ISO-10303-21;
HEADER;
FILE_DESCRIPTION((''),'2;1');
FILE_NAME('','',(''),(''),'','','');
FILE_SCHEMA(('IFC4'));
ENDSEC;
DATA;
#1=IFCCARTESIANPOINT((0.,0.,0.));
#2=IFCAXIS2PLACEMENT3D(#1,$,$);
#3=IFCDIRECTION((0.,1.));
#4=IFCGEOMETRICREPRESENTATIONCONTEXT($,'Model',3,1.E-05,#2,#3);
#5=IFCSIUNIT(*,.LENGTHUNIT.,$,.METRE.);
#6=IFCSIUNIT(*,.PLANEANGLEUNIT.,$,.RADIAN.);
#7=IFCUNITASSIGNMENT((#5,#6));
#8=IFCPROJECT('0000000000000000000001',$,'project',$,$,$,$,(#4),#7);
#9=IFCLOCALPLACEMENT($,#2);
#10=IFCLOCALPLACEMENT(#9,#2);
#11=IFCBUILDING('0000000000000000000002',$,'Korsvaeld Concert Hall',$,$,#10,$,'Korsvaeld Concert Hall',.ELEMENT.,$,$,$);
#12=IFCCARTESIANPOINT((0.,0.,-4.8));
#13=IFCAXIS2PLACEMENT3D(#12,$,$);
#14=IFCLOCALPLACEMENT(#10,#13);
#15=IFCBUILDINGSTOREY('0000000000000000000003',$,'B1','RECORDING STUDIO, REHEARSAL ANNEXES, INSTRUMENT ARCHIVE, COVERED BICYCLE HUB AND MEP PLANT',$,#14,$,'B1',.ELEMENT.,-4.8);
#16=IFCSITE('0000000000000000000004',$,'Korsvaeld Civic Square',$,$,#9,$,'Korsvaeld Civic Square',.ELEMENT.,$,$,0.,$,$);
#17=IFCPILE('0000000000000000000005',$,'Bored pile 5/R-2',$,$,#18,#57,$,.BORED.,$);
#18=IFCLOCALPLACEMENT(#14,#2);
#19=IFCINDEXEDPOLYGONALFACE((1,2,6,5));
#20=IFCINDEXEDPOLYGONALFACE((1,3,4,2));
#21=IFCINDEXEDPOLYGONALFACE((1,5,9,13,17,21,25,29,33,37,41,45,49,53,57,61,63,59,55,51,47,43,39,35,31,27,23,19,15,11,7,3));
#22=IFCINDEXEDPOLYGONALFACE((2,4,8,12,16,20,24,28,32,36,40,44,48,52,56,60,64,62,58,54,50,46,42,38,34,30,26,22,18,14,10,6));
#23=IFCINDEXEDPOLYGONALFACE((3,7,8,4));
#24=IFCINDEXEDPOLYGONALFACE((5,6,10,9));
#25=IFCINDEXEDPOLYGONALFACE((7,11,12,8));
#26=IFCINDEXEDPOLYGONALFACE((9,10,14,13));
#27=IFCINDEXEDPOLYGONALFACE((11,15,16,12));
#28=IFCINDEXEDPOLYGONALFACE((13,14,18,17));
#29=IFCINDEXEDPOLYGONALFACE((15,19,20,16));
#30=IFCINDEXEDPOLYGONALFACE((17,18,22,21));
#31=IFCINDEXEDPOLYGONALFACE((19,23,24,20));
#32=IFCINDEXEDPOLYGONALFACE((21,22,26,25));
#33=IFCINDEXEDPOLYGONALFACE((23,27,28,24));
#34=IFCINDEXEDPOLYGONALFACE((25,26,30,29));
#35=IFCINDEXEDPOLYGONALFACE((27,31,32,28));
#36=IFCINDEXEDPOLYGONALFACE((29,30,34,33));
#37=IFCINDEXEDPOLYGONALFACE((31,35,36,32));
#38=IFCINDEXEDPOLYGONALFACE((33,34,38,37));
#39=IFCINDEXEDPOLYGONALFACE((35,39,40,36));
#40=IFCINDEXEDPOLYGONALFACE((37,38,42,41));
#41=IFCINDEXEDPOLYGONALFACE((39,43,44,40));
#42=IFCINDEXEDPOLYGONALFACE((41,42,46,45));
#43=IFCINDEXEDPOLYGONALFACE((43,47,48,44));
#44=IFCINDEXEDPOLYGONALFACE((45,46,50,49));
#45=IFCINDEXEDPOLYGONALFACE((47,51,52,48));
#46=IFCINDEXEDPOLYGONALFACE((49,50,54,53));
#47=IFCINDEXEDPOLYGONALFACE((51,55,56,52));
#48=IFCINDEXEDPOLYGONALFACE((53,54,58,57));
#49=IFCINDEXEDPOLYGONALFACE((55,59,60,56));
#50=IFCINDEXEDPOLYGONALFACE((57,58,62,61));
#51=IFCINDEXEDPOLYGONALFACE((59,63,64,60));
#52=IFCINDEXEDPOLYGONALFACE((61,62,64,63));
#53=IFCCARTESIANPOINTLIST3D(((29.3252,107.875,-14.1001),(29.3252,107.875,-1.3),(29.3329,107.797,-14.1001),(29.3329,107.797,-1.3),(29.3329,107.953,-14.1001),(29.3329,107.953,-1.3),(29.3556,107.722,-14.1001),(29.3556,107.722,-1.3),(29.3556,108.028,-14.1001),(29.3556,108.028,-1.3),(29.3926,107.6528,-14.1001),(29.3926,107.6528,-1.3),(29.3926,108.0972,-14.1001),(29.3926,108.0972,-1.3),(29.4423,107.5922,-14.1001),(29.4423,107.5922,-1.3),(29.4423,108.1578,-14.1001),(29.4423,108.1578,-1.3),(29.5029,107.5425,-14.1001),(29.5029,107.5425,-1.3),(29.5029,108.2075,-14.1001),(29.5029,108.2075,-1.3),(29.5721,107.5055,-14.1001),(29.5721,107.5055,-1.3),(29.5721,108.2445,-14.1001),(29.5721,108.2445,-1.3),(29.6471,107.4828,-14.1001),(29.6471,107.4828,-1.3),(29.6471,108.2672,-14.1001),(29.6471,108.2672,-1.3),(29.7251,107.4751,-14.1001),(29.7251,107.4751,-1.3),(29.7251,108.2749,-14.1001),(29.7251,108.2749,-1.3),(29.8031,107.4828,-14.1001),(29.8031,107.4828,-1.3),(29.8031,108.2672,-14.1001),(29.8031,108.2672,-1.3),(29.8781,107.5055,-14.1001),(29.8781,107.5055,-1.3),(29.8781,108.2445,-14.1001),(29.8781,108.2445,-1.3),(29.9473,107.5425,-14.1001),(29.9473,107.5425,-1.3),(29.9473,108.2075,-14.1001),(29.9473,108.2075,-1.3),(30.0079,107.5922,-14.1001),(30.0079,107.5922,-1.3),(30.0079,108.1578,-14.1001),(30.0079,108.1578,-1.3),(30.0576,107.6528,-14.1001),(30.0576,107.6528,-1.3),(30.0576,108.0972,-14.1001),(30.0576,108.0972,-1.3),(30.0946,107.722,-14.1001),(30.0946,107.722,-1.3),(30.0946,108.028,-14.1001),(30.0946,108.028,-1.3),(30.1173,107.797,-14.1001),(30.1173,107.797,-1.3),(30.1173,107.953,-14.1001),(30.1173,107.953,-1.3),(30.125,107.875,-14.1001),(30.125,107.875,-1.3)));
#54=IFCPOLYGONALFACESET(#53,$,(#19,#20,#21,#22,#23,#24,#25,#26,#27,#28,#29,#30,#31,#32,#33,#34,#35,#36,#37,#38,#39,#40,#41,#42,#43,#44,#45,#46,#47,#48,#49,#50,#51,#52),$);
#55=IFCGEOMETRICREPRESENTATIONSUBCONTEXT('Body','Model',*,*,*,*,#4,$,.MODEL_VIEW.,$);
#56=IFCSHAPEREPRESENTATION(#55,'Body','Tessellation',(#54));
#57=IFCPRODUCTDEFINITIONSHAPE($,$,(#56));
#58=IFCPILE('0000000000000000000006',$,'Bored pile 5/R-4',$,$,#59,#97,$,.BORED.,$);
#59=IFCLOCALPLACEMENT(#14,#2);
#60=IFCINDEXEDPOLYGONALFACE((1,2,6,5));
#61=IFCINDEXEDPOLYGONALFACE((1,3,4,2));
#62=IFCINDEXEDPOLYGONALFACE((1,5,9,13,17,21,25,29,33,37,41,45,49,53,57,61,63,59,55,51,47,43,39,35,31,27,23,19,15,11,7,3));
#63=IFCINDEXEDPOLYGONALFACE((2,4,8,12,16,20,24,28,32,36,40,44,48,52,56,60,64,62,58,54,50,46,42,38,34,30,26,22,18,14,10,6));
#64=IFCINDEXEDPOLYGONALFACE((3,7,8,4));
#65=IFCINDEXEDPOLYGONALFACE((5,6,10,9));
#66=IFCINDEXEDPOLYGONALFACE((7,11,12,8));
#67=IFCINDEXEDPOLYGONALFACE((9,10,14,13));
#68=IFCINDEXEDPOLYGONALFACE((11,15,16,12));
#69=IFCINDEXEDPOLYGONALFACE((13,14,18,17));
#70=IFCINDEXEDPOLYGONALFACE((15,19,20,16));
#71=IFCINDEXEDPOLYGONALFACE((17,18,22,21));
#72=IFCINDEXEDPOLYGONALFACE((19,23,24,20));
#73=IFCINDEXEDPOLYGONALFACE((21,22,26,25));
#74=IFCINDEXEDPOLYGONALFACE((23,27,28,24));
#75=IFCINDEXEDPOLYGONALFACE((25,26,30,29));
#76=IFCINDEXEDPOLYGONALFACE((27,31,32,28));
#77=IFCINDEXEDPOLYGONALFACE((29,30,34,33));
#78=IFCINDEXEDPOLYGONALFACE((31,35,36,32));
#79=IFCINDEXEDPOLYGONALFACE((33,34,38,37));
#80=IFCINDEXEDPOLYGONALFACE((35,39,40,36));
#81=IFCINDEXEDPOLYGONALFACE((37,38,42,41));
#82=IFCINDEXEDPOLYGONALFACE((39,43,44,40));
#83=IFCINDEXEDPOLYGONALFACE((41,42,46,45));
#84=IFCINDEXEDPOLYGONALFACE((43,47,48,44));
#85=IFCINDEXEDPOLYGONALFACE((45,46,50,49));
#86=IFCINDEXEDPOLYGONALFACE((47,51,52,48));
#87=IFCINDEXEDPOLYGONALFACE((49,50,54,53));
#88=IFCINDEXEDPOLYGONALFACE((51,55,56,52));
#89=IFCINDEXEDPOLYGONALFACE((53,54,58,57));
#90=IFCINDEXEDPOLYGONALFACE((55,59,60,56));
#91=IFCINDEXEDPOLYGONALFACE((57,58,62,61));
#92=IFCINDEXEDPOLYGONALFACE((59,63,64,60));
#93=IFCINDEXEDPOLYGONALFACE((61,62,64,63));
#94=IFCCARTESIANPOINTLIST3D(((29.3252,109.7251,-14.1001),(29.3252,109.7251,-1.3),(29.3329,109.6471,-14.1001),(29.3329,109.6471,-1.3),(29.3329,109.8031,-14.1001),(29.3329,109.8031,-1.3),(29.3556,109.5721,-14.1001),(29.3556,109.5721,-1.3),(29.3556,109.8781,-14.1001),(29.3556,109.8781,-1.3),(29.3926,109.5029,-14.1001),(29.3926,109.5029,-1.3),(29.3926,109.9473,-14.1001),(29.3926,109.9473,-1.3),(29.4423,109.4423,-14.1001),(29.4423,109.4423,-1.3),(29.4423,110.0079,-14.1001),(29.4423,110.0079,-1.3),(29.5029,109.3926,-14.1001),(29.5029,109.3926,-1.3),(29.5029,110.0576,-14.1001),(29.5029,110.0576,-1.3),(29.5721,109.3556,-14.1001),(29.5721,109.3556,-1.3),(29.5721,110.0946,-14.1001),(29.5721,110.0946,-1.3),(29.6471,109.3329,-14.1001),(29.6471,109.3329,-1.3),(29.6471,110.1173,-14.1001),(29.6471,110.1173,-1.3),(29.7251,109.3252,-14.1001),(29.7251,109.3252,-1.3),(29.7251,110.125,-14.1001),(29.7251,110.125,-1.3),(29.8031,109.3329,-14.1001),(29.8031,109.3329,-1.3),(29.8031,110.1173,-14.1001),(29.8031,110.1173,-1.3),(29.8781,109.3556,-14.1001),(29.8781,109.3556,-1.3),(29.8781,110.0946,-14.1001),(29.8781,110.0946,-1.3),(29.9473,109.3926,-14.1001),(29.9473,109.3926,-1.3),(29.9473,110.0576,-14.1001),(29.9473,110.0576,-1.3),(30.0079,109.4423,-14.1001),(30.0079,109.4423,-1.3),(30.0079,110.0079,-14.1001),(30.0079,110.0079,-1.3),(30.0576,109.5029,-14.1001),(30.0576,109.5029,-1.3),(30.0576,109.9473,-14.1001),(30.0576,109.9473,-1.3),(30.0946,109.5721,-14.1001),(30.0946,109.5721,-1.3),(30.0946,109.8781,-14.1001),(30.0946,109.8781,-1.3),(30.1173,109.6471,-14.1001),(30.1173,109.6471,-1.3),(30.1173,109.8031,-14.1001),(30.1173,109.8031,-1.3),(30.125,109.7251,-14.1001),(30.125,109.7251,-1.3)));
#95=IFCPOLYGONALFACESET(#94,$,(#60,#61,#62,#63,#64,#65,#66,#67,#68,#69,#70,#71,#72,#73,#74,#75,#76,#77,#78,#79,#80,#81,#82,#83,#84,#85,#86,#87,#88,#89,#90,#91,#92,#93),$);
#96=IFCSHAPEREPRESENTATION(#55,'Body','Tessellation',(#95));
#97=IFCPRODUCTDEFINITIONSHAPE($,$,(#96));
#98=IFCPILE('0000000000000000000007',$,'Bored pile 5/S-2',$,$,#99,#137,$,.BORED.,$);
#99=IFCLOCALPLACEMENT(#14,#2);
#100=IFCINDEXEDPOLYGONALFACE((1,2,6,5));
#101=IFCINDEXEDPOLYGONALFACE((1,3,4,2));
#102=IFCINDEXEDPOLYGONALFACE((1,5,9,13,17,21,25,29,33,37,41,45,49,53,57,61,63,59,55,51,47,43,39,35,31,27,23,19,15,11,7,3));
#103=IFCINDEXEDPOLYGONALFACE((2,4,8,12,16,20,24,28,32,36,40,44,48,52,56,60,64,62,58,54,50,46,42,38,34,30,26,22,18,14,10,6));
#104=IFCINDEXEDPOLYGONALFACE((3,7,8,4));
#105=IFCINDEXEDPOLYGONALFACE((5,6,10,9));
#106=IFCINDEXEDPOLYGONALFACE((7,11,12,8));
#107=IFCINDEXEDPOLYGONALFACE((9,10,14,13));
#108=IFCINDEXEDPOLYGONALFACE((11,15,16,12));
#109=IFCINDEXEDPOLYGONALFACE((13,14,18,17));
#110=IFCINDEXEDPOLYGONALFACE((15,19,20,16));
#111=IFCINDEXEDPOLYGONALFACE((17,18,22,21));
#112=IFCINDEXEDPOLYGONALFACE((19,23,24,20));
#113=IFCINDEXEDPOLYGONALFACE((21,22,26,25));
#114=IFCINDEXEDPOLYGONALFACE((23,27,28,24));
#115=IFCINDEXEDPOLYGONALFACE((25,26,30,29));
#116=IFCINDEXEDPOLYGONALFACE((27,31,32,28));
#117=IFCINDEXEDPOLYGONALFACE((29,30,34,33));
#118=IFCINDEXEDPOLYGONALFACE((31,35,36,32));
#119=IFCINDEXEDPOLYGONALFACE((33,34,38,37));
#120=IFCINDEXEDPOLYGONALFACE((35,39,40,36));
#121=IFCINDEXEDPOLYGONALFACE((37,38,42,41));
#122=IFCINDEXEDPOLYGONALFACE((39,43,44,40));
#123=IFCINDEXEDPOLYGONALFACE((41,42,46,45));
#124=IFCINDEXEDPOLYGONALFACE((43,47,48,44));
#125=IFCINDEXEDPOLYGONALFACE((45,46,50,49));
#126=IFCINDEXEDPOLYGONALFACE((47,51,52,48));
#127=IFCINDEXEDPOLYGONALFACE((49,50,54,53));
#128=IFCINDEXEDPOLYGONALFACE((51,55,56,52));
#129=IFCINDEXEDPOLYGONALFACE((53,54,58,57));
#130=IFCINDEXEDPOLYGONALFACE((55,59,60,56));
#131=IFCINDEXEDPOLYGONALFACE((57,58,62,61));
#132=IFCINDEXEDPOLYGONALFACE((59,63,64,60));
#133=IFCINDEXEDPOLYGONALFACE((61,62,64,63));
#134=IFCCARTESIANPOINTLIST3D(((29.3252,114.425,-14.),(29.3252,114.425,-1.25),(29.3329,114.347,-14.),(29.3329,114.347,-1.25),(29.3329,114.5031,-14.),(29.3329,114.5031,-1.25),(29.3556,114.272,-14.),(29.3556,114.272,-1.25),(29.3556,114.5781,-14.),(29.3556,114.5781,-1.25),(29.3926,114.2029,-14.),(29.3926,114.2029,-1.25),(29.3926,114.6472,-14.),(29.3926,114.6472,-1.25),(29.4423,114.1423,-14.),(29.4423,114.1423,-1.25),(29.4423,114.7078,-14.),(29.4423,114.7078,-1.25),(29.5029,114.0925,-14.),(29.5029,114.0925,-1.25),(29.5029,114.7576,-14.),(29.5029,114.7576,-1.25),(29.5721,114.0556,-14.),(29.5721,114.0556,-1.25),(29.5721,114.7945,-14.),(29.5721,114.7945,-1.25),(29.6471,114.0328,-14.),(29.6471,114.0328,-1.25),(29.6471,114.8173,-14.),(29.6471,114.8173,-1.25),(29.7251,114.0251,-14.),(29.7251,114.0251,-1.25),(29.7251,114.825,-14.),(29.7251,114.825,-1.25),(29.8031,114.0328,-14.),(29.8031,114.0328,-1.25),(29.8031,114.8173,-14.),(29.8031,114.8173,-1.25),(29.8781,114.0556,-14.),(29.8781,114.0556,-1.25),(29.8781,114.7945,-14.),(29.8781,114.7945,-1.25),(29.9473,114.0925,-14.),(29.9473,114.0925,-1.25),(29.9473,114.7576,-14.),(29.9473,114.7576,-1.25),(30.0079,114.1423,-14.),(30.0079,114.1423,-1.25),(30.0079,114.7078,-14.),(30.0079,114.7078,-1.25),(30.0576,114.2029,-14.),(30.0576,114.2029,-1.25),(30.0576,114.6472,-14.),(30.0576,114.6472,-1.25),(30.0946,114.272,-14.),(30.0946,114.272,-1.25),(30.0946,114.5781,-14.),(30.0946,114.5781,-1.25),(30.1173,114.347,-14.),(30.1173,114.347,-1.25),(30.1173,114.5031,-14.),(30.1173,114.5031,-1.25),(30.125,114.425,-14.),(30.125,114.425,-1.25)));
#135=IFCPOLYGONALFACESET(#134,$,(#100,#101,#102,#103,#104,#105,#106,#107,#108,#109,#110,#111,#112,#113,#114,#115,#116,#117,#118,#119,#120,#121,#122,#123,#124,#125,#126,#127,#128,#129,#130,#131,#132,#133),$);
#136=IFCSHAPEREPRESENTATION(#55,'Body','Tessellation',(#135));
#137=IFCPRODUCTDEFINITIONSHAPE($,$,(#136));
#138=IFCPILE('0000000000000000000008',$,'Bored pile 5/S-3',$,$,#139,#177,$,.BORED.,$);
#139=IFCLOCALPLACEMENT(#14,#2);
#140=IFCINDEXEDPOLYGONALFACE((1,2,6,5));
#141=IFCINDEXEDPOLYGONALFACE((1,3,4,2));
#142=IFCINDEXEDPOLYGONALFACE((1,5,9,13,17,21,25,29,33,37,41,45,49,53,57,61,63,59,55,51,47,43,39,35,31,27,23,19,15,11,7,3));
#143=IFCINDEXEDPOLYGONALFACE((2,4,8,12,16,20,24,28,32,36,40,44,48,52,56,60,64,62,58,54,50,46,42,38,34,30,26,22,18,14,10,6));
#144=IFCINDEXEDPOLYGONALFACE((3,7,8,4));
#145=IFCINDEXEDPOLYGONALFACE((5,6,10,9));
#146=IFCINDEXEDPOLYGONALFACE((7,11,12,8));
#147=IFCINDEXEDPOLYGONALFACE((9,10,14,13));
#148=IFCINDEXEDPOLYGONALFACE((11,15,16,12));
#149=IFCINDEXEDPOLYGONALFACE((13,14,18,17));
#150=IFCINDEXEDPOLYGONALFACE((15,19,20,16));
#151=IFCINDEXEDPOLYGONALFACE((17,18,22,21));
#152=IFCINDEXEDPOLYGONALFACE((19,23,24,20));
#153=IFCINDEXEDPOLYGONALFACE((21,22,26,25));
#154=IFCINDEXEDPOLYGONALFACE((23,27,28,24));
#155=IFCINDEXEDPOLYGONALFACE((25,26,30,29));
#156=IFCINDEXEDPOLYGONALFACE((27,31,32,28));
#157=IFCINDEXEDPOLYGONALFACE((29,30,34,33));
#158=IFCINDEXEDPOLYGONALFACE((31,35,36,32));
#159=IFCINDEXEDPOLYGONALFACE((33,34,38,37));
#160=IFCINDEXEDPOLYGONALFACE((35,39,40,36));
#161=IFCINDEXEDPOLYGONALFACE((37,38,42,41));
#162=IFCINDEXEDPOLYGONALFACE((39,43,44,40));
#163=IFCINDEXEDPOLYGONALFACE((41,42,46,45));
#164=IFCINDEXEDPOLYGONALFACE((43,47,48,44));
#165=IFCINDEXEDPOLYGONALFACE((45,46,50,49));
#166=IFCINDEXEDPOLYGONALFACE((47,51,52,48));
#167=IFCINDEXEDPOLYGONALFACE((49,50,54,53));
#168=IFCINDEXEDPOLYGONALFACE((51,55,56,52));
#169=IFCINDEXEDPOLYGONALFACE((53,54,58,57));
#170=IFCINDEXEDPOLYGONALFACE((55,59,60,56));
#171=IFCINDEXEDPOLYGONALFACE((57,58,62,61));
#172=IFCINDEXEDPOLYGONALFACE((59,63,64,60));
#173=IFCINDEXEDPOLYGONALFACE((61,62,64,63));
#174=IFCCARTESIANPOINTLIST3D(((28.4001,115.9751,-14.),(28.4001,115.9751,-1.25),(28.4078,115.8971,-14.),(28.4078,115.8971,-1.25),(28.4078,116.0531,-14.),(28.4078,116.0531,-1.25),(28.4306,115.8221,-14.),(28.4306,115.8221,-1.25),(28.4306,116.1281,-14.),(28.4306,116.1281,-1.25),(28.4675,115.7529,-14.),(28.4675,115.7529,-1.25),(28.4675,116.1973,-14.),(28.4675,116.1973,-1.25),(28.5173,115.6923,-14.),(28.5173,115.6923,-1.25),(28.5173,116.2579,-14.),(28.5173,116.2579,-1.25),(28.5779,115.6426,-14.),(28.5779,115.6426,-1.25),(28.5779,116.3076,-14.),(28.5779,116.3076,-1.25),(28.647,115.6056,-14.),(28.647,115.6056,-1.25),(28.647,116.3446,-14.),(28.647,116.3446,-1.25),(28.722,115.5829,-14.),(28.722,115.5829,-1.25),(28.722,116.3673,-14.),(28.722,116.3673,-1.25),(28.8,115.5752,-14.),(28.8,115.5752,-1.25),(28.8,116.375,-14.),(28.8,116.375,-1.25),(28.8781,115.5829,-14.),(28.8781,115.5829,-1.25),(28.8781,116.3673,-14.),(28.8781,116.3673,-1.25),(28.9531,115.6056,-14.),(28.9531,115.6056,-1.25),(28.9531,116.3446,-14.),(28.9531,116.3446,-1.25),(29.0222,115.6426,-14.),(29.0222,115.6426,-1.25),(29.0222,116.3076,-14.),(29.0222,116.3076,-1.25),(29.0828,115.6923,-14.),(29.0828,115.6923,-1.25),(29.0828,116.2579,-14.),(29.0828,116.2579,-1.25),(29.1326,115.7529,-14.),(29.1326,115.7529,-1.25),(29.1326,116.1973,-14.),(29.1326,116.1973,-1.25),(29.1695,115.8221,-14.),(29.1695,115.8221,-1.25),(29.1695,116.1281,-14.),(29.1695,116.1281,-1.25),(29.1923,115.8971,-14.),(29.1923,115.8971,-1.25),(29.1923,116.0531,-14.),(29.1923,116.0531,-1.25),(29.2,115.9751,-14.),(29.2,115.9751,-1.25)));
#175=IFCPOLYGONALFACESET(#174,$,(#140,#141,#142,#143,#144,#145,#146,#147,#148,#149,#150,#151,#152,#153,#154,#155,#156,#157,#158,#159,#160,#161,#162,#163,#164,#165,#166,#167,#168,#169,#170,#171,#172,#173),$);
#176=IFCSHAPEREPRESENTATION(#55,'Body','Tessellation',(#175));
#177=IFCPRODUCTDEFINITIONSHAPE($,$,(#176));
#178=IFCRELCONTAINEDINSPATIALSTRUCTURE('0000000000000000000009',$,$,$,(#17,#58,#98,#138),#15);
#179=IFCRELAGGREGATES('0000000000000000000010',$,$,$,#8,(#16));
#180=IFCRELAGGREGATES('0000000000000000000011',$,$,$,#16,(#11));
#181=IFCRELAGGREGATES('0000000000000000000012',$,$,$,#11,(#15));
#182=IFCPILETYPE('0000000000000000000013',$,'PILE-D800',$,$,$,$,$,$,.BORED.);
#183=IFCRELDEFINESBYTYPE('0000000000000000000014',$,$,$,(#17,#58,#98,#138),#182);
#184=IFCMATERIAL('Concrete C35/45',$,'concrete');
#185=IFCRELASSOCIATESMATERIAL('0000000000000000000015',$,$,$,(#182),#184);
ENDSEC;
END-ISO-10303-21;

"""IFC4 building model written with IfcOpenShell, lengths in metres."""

from ifc_helpers import new_model, si_unit, direction, frame, origin, origin_2d, place, context, subcontext, project, spatial, circle, extrude, material, material_profile, profile_set, type_object, element, save


model = new_model("IFC4")

# Units and contexts
model_context = context("Model", 3, precision=1e-05, world=origin(), true_north=direction((0.0, 1.0)))
body_context = subcontext(model_context, "Body", "Model", "MODEL_VIEW")
ifc_project = project(units=[si_unit("LENGTHUNIT", "METRE"), si_unit("PLANEANGLEUNIT", "RADIAN")], contexts=[model_context])

# Site, building, storey
site_placement = place(None, origin())
site = spatial("IfcSite", under=ifc_project, at=site_placement, Name="Korsvaeld Civic Square", LongName="Korsvaeld Civic Square", CompositionType="ELEMENT", RefElevation=0.0)
building_placement = place(site_placement, origin())
building = spatial("IfcBuilding", under=site, at=building_placement, Name="Korsvaeld Concert Hall", LongName="Korsvaeld Concert Hall", CompositionType="ELEMENT")
storey_placement = place(building_placement, frame((0.0, 0.0, -4.8)))
storey = spatial("IfcBuildingStorey", under=building, at=storey_placement, Name="B1", Description="RECORDING STUDIO, REHEARSAL ANNEXES, INSTRUMENT ARCHIVE, COVERED BICYCLE HUB AND MEP PLANT", LongName="B1", CompositionType="ELEMENT", Elevation=-4.8)

# Shared definitions
ifc_material_1 = material(Name="Concrete C35/45", Category="concrete")

# Piles
ifc_material_profile_1 = material_profile(ifc_material_1, circle(Radius=0.3999, at=origin_2d()), Name="BORED PILE D800")
ifc_profile_set_1 = profile_set([ifc_material_profile_1], Name="Concrete C35/45")
pile_type_1 = type_object("IfcPileType", Name="PILE-D800", PredefinedType="BORED", material=ifc_profile_set_1)
for number, where, z_axis, x_axis, name in (
    (1, (29.7251, 107.875, -1.3), (0.0, 0.0, -1.0), (1.0, 0.0, 0.0), "Bored pile 5/R-2"),
    (2, (29.7251, 109.7251, -1.3), (0.0, 0.0, -1.0), (1.0, 0.0, 0.0), "Bored pile 5/R-4"),
):
    element("IfcPile", number, at=place(storey_placement, frame(where, z_axis=z_axis, x_axis=x_axis)), inside=storey, type_object=pile_type_1, Name=name, PredefinedType="BORED", context=body_context, shape_type="SweptSolid", body=[
        extrude(circle(Radius=0.3999, at=origin_2d()), origin(), (0.0, 0.0, 1.0), 12.8),
    ])
for number, where, z_axis, x_axis, name in (
    (3, (29.7251, 114.425, -1.25), (0.0, 0.0, -1.0), (1.0, 0.0, 0.0), "Bored pile 5/S-2"),
    (4, (28.8, 115.9751, -1.25), (0.0, 0.0, -1.0), (1.0, 0.0, 0.0), "Bored pile 5/S-3"),
):
    element("IfcPile", number, at=place(storey_placement, frame(where, z_axis=z_axis, x_axis=x_axis)), inside=storey, type_object=pile_type_1, Name=name, PredefinedType="BORED", context=body_context, shape_type="SweptSolid", body=[
        extrude(circle(Radius=0.3999, at=origin_2d()), origin(), (0.0, 0.0, 1.0), 12.75),
    ])

save(model, "model.ifc")
